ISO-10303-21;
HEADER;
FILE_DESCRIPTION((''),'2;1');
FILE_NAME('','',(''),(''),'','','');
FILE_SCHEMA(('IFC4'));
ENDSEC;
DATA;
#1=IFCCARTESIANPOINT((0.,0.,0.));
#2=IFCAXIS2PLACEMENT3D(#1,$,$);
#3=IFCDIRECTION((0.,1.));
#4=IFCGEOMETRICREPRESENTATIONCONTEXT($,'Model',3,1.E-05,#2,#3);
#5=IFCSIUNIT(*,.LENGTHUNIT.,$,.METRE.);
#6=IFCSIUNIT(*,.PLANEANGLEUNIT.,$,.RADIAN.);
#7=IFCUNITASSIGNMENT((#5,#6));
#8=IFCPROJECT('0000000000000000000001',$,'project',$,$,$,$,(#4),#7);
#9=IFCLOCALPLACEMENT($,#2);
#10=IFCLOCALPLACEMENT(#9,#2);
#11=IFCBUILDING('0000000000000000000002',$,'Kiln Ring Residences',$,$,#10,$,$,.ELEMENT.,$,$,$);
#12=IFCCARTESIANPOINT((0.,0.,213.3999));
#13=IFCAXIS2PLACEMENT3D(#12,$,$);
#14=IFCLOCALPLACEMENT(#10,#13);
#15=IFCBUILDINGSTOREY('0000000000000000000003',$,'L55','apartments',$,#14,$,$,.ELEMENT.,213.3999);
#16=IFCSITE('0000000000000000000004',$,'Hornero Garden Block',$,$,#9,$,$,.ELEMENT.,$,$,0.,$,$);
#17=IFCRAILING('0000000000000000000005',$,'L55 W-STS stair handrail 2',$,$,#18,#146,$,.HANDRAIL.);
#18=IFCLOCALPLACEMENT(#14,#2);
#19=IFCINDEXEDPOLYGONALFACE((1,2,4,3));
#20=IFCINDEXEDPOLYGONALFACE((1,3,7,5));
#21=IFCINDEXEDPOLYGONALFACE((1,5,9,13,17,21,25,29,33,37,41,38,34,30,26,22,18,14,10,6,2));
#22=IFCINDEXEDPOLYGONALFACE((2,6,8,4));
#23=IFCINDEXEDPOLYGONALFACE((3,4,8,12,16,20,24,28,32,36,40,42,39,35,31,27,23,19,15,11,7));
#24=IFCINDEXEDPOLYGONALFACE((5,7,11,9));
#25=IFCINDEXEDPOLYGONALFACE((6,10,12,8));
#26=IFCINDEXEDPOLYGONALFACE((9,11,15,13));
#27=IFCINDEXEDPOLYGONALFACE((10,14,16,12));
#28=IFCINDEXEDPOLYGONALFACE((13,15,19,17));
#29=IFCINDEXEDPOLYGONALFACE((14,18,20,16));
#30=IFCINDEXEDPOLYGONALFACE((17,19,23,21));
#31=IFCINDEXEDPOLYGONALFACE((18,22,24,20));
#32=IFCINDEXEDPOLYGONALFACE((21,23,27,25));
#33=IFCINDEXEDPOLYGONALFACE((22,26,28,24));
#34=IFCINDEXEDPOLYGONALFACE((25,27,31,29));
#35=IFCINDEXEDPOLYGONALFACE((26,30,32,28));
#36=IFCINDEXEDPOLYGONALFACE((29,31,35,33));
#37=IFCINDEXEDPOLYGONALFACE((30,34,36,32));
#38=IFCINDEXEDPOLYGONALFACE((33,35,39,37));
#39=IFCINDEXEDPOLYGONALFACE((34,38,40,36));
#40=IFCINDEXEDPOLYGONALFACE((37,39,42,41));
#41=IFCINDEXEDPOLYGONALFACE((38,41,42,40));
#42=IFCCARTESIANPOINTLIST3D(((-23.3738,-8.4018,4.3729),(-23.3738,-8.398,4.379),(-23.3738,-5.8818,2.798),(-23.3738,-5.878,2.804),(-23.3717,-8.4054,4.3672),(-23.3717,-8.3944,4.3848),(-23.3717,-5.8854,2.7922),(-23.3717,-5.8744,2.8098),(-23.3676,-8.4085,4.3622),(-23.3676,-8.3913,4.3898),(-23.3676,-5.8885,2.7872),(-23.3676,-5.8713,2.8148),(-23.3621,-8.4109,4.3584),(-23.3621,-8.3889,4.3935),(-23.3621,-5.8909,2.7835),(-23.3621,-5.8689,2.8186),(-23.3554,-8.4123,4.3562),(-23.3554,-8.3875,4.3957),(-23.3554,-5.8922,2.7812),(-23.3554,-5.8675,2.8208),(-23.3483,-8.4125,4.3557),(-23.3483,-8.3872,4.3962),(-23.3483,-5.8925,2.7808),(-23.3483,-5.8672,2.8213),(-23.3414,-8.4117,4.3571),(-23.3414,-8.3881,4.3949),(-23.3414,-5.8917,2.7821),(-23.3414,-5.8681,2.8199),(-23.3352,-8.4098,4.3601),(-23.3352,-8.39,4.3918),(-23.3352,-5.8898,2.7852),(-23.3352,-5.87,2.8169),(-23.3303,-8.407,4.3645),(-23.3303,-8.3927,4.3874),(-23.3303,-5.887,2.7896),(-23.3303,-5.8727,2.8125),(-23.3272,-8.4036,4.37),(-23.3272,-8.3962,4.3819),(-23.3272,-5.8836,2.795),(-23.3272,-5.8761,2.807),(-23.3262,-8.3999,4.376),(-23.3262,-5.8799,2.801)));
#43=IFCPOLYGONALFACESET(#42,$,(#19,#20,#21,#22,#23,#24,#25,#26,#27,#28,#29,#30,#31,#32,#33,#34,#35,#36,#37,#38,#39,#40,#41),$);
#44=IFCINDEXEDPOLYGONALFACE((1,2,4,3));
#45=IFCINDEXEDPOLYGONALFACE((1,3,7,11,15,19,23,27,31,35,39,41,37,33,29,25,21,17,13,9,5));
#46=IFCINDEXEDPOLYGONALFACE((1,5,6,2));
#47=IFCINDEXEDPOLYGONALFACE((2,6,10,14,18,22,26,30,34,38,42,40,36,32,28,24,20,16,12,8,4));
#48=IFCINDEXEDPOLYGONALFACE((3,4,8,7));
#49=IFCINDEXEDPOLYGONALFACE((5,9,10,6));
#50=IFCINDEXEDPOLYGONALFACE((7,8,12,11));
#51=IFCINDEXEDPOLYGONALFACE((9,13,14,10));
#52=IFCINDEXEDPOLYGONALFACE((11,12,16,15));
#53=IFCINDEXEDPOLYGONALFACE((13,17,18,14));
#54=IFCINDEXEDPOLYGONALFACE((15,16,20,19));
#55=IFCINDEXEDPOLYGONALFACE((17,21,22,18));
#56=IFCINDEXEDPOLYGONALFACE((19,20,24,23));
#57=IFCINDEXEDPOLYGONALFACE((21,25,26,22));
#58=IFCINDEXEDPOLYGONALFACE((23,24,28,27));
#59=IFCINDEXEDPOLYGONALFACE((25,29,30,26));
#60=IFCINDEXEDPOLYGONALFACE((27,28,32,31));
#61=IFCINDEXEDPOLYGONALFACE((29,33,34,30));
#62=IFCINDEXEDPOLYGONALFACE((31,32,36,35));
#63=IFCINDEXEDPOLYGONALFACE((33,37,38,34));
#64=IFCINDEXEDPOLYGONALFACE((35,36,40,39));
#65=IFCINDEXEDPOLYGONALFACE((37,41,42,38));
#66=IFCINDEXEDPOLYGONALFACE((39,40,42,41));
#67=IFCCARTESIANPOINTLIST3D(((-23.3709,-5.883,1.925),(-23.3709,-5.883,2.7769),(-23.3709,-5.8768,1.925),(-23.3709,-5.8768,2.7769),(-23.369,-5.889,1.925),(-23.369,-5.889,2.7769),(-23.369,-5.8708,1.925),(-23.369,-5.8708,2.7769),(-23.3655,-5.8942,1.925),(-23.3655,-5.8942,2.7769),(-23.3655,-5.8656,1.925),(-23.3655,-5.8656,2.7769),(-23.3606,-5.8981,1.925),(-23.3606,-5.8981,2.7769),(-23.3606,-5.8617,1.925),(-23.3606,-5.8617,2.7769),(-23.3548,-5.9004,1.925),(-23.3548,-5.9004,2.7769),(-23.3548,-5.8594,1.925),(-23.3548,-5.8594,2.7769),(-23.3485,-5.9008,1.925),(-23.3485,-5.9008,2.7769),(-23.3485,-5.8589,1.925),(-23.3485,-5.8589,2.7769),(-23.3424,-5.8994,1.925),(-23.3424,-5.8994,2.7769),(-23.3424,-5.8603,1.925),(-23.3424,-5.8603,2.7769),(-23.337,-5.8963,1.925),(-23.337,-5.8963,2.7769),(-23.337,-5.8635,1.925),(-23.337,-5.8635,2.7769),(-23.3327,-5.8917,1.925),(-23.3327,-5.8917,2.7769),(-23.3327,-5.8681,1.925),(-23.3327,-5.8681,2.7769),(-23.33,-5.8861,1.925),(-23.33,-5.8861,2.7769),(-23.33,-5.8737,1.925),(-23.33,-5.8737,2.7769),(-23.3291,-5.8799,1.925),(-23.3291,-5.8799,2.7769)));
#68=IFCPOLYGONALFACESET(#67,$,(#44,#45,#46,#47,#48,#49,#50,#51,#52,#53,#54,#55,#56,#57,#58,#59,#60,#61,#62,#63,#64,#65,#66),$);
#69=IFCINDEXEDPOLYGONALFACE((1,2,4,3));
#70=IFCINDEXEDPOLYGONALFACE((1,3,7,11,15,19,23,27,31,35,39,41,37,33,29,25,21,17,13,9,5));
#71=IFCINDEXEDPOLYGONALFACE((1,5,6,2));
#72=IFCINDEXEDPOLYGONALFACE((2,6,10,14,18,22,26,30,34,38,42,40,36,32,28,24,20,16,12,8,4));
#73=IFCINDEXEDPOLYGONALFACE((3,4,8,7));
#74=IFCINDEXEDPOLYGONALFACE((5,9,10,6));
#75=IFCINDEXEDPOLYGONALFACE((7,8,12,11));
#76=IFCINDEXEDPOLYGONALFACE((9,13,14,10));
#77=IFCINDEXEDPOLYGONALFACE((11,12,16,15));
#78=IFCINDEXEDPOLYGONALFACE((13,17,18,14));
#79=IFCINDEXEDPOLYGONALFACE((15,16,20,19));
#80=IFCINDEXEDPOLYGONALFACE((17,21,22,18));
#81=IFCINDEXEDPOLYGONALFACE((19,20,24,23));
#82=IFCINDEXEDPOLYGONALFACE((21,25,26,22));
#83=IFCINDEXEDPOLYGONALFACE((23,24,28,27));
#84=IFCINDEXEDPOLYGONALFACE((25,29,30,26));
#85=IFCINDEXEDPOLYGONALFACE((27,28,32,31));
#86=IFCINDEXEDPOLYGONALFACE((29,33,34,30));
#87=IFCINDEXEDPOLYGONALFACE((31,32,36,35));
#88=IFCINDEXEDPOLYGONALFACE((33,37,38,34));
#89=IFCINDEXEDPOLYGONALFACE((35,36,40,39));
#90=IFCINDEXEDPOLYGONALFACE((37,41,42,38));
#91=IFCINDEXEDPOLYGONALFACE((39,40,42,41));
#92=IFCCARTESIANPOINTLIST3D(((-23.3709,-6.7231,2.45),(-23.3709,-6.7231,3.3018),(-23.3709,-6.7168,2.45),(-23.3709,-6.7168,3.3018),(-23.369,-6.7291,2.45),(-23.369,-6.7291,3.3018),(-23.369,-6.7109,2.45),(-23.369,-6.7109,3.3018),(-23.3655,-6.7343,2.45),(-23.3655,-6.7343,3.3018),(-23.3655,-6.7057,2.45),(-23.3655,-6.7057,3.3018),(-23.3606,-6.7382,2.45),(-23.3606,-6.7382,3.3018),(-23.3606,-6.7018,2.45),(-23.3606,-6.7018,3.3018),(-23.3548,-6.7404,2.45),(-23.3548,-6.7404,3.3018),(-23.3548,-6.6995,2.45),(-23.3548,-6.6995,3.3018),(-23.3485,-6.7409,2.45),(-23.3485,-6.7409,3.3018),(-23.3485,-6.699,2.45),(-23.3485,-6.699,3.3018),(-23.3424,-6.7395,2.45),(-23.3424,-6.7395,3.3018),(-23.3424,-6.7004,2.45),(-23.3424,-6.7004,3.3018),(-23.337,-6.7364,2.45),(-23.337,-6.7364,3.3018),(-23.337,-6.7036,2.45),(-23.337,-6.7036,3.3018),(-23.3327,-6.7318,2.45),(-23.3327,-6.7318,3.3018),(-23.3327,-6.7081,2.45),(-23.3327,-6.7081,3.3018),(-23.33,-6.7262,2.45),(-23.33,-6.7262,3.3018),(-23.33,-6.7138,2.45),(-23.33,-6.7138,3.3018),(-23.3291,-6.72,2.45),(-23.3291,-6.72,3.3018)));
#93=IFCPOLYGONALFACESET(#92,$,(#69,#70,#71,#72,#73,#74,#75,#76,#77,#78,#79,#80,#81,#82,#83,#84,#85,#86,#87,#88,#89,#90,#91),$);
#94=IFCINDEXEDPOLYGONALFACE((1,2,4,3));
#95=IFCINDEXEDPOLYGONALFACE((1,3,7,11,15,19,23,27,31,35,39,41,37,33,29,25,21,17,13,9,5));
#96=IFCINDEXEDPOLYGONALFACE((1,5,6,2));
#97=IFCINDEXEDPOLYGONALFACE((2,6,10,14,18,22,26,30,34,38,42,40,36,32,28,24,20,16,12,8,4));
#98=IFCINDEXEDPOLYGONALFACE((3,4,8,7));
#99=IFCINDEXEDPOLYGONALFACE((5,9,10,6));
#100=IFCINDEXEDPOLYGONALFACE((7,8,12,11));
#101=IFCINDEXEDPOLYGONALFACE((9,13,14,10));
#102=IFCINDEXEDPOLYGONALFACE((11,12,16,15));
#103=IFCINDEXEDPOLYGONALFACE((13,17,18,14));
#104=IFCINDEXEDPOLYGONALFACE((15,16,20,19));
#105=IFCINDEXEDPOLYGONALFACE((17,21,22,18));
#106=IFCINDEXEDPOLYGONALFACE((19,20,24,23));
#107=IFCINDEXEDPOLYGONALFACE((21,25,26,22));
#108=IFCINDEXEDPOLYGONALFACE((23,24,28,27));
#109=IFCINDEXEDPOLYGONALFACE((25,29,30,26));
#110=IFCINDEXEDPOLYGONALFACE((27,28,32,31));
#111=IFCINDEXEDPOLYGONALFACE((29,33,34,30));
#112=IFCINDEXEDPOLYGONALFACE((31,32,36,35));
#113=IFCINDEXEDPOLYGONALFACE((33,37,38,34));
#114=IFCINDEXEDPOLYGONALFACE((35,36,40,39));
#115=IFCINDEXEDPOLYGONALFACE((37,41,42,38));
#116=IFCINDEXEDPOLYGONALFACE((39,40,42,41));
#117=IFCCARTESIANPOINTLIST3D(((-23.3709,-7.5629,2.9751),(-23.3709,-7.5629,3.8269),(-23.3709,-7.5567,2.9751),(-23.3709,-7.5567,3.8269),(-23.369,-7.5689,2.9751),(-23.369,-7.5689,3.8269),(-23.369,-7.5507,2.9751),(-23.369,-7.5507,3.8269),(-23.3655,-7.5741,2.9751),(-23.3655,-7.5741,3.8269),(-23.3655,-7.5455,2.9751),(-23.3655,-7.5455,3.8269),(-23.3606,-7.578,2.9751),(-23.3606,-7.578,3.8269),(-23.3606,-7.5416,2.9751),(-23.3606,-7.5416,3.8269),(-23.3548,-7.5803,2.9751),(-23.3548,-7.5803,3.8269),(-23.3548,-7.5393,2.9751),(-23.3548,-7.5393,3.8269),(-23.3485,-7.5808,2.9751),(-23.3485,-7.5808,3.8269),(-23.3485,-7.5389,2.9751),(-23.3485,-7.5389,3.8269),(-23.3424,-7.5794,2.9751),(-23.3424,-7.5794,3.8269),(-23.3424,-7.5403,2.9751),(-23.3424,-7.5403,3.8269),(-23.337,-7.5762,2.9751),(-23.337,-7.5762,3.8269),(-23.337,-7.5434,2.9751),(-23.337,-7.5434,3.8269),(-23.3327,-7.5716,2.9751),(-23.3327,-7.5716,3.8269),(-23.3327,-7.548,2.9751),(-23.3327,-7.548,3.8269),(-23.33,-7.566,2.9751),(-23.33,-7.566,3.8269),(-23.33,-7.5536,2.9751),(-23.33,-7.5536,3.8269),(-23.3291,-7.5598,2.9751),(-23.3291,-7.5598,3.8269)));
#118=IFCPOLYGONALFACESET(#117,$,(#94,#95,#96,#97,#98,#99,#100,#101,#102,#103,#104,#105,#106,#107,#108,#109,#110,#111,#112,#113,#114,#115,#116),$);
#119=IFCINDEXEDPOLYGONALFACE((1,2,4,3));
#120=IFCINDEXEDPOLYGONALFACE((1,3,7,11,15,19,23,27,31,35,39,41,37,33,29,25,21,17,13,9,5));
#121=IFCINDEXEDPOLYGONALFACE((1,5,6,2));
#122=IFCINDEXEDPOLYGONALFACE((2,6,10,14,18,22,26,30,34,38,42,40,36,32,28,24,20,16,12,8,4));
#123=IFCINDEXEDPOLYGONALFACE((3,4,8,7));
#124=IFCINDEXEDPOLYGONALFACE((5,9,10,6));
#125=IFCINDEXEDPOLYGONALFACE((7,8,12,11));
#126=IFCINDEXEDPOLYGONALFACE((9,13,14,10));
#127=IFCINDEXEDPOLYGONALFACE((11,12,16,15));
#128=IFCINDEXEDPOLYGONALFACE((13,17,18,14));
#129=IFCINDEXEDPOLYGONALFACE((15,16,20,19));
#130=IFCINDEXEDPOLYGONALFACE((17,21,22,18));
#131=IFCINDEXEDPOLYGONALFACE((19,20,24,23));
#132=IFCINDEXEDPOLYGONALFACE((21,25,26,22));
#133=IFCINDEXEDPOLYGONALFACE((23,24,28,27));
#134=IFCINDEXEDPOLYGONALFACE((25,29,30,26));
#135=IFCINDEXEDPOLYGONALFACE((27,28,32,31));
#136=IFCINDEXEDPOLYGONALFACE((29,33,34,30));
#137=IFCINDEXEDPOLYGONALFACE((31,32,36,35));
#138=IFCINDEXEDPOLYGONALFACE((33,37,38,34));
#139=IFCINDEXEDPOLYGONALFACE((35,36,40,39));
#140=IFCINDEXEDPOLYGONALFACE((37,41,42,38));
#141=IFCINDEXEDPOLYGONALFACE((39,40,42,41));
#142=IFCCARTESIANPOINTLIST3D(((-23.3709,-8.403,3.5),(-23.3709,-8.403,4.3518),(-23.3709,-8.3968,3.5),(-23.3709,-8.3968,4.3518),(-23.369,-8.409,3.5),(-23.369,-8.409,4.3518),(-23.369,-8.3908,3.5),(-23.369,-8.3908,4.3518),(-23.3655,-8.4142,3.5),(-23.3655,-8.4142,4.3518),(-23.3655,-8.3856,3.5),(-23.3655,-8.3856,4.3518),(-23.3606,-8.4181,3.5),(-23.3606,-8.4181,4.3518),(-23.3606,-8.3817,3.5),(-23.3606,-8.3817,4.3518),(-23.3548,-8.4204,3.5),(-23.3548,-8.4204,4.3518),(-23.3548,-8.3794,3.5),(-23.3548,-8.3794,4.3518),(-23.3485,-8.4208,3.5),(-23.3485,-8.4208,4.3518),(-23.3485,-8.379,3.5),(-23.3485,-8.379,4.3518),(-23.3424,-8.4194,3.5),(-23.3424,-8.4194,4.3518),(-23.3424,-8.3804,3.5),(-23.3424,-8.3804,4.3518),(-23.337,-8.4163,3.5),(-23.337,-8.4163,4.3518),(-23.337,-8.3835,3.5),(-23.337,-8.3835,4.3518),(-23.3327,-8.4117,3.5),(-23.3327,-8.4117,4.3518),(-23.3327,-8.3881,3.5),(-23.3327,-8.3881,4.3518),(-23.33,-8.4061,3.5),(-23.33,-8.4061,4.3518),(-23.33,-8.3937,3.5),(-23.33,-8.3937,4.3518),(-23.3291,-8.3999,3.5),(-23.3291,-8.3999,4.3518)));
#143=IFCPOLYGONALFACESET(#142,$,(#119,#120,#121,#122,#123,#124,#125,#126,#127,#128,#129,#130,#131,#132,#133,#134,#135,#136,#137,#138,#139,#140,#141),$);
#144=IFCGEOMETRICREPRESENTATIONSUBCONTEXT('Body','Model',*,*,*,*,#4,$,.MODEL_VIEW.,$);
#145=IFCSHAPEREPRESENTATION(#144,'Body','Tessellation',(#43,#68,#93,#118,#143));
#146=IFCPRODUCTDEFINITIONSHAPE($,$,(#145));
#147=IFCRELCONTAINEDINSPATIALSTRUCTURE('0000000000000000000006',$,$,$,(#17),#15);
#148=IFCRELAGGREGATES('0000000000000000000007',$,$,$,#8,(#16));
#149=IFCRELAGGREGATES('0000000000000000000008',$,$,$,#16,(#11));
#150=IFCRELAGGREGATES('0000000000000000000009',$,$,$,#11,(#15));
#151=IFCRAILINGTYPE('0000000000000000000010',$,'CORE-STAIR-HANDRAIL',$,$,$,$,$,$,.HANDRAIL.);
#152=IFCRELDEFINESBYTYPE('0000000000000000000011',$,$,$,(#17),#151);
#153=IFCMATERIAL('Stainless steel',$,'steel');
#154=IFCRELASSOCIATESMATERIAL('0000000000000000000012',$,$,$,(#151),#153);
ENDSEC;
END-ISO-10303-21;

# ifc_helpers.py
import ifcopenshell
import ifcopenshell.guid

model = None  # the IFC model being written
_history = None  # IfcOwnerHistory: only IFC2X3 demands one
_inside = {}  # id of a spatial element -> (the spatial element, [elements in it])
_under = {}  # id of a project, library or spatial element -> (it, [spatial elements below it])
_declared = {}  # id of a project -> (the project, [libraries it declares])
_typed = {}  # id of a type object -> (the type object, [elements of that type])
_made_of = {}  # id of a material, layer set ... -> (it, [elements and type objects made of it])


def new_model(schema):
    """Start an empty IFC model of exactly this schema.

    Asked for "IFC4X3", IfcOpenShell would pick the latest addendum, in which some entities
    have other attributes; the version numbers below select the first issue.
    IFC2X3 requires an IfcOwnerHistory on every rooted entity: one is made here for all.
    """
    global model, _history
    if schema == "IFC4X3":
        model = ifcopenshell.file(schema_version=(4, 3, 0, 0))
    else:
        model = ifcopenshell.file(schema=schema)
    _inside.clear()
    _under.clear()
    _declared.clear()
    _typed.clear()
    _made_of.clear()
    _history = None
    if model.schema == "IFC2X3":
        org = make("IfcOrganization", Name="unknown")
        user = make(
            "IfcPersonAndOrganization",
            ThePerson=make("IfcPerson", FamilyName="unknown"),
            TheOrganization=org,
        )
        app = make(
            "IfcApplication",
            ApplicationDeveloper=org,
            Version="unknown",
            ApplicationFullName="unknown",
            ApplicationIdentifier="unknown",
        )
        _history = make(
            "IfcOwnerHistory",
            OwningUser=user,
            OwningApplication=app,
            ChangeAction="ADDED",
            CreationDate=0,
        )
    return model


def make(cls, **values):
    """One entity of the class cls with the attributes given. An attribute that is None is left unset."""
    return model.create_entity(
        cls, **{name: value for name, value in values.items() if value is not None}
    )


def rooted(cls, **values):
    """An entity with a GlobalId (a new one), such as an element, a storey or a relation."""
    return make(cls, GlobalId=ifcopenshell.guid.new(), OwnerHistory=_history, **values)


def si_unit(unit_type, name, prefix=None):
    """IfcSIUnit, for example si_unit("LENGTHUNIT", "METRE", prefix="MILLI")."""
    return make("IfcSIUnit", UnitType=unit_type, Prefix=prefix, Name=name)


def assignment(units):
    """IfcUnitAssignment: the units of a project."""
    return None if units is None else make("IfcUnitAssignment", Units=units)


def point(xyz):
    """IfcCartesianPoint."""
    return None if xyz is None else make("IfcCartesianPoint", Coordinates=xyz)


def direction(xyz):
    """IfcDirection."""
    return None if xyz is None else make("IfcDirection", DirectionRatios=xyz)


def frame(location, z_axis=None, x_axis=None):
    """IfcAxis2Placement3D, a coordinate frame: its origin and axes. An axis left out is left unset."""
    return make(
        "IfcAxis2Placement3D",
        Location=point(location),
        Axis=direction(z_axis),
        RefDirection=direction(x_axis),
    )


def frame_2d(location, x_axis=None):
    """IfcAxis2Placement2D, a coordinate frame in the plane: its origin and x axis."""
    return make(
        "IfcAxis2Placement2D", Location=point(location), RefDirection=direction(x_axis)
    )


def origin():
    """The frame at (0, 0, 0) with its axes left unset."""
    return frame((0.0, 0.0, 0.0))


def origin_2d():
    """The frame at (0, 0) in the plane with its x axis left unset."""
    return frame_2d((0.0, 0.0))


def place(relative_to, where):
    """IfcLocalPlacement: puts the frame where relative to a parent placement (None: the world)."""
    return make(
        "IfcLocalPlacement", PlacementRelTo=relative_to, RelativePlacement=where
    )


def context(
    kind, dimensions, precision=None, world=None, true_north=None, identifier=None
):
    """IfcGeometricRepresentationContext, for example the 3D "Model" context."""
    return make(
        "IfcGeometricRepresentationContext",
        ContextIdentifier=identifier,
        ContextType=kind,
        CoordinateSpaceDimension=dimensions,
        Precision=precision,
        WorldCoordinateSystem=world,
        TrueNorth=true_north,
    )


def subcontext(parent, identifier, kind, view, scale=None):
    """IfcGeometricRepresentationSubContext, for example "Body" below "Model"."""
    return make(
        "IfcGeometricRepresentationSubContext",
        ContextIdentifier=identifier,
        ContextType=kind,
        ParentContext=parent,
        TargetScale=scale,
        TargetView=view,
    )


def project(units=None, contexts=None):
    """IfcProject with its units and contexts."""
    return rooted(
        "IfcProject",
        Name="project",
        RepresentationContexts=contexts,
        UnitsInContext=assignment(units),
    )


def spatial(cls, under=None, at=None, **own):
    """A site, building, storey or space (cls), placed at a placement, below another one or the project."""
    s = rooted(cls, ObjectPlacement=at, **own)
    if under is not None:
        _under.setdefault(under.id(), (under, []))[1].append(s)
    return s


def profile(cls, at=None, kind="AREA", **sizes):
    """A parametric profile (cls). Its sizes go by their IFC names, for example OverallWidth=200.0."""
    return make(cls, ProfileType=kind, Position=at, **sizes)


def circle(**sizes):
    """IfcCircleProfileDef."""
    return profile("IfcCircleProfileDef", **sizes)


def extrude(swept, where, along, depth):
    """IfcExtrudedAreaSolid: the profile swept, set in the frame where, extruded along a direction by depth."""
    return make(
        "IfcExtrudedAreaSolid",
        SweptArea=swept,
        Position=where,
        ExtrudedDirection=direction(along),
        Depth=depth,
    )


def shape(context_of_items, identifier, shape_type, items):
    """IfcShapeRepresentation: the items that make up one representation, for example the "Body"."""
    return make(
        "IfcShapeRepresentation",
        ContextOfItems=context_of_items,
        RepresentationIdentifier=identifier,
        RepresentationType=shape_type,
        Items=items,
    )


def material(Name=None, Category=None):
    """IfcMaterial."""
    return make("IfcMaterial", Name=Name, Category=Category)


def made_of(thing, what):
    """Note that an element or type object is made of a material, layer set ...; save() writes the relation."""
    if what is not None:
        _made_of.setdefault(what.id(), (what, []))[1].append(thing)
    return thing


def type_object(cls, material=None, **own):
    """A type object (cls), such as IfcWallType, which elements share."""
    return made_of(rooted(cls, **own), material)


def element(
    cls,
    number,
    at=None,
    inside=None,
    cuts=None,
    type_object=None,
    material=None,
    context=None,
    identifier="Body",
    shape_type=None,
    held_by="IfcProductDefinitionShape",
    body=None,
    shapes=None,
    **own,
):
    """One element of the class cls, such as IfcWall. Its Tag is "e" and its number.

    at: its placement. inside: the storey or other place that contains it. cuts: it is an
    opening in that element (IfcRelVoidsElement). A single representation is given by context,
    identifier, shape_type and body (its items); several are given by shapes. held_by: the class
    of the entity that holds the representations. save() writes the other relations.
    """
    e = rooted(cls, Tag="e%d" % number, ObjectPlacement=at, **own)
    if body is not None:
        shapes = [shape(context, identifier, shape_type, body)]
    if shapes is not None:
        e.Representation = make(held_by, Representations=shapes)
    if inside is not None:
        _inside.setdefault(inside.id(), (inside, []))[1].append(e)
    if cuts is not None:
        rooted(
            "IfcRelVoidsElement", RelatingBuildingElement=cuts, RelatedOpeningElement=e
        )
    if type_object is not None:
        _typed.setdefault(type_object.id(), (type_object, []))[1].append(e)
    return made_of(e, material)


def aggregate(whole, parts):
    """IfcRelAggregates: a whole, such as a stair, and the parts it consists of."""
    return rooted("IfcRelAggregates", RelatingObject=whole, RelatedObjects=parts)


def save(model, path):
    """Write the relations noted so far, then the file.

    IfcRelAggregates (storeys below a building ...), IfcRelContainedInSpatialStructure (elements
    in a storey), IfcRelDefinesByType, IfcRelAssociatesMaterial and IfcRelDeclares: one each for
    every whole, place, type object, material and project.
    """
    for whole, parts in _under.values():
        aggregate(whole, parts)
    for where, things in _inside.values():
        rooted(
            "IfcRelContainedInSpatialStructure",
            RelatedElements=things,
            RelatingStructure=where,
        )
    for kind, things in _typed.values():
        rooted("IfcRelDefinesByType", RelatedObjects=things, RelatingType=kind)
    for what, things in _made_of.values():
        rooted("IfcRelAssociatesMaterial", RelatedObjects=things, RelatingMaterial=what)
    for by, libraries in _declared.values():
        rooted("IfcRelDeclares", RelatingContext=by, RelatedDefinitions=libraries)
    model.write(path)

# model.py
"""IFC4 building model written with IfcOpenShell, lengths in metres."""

from ifc_helpers import new_model, si_unit, direction, frame, origin, origin_2d, place, context, subcontext, project, spatial, circle, extrude, material, type_object, element, save


model = new_model("IFC4")

# Units and contexts
model_context = context("Model", 3, precision=1e-05, world=origin(), true_north=direction((0.0, 1.0)))
body_context = subcontext(model_context, "Body", "Model", "MODEL_VIEW")
ifc_project = project(units=[si_unit("LENGTHUNIT", "METRE"), si_unit("PLANEANGLEUNIT", "RADIAN")], contexts=[model_context])

# Site, building, storey
site_placement = place(None, origin())
site = spatial("IfcSite", under=ifc_project, at=site_placement, Name="Hornero Garden Block", CompositionType="ELEMENT", RefElevation=0.0)
building_placement = place(site_placement, origin())
building = spatial("IfcBuilding", under=site, at=building_placement, Name="Kiln Ring Residences", CompositionType="ELEMENT")
storey_placement = place(building_placement, frame((0.0, 0.0, 213.3999)))
storey = spatial("IfcBuildingStorey", under=building, at=storey_placement, Name="L55", Description="apartments", CompositionType="ELEMENT", Elevation=213.3999)

# Railing
ifc_material_1 = material(Name="Stainless steel", Category="steel")
railing_type_1 = type_object("IfcRailingType", Name="CORE-STAIR-HANDRAIL", PredefinedType="HANDRAIL", material=ifc_material_1)
railing_1_placement = place(storey_placement, frame((-23.3501, -5.8799, 1.925)))
element("IfcRailing", 1, at=railing_1_placement, inside=storey, type_object=railing_type_1, Name="L55 W-STS stair handrail 2", PredefinedType="HANDRAIL", context=body_context, shape_type="SweptSolid", body=[
    extrude(circle(Radius=0.0239, at=origin_2d()), frame((0.0, 0.0, 0.876), z_axis=(0.0, -0.848008, 0.529984), x_axis=(1.0, 0.0, 0.0)), (0.0, 0.0, 1.0), 2.9717),
    extrude(circle(Radius=0.021, at=origin_2d()), origin(), (0.0, 0.0, 1.0), 0.8518),
    extrude(circle(Radius=0.021, at=origin_2d()), frame((0.0, -0.8401, 0.5249)), (0.0, 0.0, 1.0), 0.8518),
    extrude(circle(Radius=0.021, at=origin_2d()), frame((0.0, -1.6799, 1.05)), (0.0, 0.0, 1.0), 0.8518),
    extrude(circle(Radius=0.021, at=origin_2d()), frame((0.0, -2.52, 1.575)), (0.0, 0.0, 1.0), 0.8518),
])

save(model, "model.ifc")
